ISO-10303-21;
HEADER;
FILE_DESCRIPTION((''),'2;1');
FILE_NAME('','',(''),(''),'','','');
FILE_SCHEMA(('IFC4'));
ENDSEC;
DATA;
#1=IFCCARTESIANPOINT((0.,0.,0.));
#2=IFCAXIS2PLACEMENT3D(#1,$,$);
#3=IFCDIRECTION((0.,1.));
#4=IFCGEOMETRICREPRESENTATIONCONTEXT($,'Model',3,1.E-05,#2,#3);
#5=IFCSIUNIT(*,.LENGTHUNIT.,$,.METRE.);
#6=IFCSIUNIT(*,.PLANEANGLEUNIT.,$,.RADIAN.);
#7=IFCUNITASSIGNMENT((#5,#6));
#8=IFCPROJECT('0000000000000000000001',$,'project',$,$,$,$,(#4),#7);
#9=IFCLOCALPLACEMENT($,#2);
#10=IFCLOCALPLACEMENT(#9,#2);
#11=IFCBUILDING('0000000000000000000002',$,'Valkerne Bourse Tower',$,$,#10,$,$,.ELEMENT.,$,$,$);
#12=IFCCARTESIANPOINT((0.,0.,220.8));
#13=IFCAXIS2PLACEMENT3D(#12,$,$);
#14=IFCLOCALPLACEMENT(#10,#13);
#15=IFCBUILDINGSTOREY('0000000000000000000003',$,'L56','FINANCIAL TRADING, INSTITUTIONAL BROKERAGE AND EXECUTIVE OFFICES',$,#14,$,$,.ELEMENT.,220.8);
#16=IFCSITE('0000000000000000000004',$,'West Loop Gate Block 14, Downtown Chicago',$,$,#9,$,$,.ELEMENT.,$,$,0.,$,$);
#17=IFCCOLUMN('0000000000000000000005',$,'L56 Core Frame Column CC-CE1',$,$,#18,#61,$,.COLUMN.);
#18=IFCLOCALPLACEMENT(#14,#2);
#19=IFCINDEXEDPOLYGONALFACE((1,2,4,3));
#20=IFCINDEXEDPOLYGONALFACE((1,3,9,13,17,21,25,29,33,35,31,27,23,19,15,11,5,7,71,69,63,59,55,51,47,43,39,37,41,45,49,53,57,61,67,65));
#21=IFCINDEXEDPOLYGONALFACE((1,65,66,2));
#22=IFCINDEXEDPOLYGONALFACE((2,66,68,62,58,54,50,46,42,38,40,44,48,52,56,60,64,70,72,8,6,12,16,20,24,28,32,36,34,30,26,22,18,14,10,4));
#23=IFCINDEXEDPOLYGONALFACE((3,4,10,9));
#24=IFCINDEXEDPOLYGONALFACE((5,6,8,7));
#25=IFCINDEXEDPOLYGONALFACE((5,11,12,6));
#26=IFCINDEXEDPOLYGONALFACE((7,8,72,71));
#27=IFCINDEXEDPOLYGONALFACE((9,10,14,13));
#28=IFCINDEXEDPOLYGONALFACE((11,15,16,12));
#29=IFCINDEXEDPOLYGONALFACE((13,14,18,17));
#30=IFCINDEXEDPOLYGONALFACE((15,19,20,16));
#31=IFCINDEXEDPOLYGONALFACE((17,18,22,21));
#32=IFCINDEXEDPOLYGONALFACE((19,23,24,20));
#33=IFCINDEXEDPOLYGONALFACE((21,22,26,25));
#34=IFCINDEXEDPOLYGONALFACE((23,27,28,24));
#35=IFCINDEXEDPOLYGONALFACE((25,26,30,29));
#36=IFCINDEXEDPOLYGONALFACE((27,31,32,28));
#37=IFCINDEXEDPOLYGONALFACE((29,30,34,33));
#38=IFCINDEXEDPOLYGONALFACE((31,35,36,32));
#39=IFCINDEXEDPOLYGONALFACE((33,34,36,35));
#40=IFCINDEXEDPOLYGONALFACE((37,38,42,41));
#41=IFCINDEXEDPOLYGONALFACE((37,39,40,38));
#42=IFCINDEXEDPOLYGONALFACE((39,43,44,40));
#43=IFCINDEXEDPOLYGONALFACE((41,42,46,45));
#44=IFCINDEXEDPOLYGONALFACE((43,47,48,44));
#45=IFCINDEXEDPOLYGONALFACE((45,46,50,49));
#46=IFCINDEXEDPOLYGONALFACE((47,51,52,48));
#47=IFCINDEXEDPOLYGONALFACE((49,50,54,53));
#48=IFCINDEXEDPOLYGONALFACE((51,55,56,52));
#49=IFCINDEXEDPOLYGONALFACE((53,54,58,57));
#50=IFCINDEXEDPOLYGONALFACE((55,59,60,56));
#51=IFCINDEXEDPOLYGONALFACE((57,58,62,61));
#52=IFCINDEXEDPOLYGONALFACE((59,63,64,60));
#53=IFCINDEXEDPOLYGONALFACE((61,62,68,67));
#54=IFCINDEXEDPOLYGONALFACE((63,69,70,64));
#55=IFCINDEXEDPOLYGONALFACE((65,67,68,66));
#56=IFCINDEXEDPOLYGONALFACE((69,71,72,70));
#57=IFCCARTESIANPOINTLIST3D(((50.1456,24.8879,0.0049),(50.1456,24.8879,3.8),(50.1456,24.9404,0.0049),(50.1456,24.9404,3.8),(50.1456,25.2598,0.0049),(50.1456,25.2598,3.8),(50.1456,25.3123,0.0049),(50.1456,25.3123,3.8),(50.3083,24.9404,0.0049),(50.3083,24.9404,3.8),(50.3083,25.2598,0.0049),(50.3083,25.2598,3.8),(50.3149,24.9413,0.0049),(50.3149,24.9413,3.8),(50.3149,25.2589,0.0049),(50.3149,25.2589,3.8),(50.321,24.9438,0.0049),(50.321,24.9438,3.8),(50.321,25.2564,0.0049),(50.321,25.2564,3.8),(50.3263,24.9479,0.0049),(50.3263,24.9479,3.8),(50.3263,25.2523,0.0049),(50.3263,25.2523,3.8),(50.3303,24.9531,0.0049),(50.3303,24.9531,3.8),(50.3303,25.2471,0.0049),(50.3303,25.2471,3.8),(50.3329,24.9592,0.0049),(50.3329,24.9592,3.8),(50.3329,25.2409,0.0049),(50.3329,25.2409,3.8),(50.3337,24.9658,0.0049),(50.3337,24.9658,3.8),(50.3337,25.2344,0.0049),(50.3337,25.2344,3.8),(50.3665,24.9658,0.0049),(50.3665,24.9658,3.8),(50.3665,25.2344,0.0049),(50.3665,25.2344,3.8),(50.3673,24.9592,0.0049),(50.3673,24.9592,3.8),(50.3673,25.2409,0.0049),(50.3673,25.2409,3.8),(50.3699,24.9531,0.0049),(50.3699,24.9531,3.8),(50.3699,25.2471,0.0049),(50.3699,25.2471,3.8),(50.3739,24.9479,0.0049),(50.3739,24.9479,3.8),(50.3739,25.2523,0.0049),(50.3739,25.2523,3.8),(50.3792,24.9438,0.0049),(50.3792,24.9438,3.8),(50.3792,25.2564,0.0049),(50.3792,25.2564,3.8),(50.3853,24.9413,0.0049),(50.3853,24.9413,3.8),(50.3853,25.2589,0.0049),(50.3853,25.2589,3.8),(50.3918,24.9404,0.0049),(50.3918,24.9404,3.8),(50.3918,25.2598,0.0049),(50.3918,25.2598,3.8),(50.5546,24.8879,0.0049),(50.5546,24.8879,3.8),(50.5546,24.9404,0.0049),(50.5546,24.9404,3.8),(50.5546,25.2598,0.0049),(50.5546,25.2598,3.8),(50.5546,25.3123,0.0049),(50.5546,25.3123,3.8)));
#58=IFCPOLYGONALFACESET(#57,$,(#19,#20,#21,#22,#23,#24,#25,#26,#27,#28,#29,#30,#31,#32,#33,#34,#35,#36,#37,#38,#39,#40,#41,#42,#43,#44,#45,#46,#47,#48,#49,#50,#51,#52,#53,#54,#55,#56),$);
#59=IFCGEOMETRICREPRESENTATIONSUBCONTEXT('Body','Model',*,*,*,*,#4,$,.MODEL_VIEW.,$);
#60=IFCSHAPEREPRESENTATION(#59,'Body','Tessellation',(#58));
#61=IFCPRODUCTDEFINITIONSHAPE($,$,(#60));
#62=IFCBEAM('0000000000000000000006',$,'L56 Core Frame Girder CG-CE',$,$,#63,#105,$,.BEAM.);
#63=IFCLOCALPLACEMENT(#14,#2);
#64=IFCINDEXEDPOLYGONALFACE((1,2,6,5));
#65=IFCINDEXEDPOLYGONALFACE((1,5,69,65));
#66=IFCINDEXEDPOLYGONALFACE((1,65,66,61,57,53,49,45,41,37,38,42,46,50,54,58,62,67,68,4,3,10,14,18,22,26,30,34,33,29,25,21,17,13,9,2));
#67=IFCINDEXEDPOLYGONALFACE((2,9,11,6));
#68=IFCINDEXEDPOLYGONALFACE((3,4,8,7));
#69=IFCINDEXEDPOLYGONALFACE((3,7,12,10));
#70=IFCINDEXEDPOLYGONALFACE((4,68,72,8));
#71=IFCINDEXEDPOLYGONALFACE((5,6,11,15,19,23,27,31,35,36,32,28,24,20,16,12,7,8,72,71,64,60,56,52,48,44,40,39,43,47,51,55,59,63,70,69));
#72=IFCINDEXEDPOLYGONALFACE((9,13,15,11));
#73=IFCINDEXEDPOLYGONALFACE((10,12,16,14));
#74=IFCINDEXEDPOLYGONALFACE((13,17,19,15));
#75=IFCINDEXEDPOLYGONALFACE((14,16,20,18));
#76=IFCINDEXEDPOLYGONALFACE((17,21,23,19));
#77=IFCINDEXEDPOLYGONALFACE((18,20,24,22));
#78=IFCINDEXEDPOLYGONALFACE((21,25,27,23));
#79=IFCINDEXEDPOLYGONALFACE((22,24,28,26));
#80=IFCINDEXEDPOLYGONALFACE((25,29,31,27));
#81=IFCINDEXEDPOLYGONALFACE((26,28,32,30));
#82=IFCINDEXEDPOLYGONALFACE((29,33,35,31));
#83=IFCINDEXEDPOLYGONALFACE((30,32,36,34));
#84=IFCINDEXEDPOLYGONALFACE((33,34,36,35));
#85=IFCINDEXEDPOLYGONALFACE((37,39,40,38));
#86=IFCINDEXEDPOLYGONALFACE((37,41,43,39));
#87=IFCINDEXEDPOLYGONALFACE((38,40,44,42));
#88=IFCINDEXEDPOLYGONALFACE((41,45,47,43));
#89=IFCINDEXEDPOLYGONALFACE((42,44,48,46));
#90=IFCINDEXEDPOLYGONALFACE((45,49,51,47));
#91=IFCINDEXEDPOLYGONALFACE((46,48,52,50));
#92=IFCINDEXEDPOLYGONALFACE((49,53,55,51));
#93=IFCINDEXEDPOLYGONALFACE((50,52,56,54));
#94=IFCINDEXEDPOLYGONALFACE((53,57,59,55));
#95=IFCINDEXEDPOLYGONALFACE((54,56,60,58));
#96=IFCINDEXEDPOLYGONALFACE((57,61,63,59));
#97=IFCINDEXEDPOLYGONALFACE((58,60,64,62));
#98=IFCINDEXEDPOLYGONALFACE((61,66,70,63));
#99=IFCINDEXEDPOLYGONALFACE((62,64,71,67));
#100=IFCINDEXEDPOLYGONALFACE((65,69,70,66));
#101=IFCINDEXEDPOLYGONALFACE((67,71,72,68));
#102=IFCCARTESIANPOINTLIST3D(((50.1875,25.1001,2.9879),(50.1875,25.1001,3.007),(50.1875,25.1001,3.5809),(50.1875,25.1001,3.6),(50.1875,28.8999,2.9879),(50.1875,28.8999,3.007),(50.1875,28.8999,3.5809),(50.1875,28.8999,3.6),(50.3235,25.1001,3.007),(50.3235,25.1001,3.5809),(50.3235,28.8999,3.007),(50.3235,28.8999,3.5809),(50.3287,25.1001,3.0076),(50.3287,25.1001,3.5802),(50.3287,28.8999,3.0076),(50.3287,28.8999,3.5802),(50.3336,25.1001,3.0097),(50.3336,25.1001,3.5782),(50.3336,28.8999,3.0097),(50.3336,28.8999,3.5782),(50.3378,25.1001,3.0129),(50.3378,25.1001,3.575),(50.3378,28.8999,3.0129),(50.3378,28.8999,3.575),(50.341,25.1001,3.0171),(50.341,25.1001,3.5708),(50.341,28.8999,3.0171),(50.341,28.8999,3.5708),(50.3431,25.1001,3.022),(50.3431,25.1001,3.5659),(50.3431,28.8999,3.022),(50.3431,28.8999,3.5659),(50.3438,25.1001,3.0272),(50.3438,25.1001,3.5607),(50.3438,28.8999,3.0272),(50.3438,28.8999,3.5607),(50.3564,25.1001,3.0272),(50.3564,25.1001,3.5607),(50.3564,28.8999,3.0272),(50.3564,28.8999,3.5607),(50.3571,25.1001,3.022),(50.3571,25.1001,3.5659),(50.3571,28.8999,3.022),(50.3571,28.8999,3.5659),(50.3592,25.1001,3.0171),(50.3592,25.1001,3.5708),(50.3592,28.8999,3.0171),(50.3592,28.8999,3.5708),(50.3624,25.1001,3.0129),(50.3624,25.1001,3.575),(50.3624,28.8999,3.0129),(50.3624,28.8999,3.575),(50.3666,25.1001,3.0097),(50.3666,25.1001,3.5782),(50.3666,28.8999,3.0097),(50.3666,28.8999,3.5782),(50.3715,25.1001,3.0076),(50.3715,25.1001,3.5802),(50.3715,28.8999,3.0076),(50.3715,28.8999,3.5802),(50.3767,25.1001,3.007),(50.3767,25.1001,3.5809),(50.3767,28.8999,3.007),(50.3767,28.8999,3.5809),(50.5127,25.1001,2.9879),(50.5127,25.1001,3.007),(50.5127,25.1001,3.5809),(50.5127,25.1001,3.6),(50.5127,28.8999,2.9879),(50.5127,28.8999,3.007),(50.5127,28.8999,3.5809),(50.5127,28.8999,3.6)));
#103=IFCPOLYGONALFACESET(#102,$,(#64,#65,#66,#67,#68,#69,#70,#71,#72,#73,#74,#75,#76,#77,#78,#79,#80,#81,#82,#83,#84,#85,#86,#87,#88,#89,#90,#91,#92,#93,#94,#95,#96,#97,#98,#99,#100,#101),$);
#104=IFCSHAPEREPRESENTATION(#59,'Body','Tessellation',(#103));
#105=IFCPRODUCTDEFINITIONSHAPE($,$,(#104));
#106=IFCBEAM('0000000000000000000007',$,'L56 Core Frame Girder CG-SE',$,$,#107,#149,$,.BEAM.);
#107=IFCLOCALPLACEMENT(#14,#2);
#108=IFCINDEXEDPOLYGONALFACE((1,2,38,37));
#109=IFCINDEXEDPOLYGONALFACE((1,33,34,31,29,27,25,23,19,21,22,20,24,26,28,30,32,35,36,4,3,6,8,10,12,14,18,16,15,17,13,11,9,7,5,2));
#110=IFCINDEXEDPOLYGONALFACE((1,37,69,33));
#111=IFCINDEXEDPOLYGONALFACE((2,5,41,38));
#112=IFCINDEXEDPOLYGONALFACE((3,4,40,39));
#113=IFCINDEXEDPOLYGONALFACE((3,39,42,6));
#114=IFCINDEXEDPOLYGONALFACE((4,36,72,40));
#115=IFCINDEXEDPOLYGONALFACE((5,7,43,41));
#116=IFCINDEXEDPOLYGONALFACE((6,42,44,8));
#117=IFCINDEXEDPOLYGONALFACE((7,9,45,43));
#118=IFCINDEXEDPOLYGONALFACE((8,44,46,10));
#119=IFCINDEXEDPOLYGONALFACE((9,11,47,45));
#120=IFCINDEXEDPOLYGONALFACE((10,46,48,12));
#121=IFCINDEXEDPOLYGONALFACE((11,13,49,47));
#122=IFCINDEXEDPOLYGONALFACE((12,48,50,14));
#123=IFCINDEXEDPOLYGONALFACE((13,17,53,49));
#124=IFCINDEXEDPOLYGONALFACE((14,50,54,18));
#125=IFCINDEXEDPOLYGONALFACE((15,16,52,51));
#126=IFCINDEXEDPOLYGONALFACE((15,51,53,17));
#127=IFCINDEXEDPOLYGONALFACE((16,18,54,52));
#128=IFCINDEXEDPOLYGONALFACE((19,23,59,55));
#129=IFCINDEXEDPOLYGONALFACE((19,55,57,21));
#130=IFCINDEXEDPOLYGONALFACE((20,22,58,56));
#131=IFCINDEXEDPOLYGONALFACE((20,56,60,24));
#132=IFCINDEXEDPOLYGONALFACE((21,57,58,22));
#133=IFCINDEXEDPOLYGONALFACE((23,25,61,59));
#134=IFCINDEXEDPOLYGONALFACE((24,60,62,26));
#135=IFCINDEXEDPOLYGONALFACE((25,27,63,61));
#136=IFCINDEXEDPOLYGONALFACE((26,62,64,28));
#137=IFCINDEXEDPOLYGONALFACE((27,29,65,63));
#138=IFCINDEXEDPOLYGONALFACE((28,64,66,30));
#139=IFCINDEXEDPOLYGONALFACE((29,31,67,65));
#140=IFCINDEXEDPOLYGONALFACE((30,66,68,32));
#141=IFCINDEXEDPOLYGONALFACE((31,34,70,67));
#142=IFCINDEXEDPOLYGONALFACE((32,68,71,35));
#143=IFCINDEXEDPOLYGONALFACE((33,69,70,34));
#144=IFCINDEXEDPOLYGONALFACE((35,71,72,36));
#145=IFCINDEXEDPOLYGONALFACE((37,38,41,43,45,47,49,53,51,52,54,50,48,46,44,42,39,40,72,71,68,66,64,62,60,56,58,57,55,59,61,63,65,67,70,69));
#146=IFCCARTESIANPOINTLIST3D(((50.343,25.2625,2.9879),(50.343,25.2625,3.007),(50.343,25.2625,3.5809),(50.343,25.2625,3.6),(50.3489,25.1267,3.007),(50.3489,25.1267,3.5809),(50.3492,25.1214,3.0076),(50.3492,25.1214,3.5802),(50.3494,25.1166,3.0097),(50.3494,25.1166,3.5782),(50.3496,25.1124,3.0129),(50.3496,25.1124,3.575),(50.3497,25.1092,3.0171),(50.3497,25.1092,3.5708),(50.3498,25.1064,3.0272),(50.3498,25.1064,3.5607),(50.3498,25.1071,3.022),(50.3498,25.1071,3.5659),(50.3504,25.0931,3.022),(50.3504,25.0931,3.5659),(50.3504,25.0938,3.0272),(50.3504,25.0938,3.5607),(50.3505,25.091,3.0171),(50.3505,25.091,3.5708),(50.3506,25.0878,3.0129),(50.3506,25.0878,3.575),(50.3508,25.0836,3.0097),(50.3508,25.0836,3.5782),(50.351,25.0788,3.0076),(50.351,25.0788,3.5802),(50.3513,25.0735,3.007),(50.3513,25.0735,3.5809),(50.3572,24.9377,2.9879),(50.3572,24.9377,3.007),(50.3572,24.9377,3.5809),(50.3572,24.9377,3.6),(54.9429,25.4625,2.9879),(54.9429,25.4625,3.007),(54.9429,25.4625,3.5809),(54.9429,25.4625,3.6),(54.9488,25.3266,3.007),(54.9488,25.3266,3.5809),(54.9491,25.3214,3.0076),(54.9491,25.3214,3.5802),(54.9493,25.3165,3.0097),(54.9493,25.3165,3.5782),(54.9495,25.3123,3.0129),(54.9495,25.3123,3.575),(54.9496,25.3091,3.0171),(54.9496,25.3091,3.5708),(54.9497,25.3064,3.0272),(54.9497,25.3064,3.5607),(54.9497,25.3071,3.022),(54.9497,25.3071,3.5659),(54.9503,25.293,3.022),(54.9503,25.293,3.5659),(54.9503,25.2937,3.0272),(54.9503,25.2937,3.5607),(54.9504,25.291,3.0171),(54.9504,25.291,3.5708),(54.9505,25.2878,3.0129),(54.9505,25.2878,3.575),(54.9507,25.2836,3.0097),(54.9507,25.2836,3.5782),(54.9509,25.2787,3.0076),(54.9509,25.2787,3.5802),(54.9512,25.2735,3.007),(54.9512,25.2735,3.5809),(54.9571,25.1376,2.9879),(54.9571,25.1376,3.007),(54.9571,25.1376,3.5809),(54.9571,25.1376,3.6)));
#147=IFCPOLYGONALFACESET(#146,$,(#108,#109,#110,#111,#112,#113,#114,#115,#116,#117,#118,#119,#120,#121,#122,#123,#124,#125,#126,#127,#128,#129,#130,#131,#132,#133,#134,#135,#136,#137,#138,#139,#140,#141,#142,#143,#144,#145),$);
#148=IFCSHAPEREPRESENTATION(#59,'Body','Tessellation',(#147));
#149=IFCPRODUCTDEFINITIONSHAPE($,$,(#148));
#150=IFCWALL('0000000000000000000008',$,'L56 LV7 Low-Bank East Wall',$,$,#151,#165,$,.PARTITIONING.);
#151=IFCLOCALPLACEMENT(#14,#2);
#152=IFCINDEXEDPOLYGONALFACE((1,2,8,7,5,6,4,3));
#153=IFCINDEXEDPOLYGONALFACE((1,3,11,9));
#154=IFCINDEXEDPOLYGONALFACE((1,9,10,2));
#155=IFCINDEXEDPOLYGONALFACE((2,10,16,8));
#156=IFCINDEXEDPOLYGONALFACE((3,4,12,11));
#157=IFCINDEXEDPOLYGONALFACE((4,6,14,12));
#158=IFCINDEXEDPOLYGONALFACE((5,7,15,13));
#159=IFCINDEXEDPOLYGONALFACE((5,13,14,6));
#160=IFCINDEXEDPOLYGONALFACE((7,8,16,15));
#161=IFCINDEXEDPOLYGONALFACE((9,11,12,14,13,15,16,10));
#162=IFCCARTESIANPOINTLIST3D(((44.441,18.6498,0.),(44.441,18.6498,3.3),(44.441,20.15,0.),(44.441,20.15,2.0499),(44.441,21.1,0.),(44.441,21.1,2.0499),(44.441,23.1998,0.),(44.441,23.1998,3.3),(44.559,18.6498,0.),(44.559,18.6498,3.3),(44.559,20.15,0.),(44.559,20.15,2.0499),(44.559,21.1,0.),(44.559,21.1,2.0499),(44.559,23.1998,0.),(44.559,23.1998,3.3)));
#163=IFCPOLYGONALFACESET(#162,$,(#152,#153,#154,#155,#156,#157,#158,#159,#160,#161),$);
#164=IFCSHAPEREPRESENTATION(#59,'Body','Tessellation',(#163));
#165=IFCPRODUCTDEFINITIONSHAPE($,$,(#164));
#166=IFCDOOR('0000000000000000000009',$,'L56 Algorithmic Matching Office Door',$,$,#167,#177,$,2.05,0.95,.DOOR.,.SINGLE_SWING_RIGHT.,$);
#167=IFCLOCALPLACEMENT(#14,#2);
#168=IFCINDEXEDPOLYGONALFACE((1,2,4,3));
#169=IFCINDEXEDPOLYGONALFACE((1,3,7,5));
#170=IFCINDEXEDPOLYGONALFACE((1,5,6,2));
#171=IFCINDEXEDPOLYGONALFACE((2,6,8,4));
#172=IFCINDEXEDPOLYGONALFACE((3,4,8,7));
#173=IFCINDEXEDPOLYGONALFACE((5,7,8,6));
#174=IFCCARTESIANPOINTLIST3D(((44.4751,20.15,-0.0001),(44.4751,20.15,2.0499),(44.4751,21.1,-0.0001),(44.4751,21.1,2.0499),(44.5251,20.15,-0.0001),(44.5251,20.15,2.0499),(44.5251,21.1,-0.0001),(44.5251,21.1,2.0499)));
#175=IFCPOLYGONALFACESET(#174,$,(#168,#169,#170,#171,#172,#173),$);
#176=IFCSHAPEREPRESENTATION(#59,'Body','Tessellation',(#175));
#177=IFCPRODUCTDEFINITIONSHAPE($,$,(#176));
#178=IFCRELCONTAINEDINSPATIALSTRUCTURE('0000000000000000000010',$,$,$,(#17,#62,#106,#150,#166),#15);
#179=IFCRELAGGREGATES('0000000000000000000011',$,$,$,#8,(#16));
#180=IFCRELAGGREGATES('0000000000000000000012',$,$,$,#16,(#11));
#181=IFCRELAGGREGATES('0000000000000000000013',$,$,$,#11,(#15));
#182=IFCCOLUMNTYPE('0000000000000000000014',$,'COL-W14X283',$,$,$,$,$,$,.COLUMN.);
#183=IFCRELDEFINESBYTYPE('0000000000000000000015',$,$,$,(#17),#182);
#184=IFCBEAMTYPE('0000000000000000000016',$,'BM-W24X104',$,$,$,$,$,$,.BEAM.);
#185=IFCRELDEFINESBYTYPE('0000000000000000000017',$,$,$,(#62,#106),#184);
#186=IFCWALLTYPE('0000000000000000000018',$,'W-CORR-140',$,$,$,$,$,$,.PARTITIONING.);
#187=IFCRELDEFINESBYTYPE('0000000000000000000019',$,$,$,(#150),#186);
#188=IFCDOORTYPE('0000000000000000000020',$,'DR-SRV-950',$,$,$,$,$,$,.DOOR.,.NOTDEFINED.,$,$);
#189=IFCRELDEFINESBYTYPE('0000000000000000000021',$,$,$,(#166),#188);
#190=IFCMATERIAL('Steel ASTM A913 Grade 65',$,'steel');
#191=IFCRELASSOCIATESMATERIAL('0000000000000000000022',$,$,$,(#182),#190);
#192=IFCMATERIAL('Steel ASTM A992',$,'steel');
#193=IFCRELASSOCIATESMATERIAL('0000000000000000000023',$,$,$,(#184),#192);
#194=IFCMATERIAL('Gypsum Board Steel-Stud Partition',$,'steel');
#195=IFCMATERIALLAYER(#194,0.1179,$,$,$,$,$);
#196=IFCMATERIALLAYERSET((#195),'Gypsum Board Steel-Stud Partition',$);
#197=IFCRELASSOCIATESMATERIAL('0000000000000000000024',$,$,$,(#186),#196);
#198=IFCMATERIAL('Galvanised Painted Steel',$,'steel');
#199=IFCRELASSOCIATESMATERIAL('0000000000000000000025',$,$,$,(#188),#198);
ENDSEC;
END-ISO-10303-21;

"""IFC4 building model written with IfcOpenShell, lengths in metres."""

from ifc_helpers import new_model, si_unit, direction, frame, frame_2d, origin, origin_2d, place, context, subcontext, project, spatial, rectangle, i_section, extrude, material, layer, layer_set, material_profile, profile_set, type_object, element, fill, save


model = new_model("IFC4")

# Units and contexts
model_context = context("Model", 3, precision=1e-05, world=origin(), true_north=direction((0.0, 1.0)))
body_context = subcontext(model_context, "Body", "Model", "MODEL_VIEW")
ifc_project = project(units=[si_unit("LENGTHUNIT", "METRE"), si_unit("PLANEANGLEUNIT", "RADIAN")], contexts=[model_context])

# Site, building, storey
site_placement = place(None, origin())
site = spatial("IfcSite", under=ifc_project, at=site_placement, Name="West Loop Gate Block 14, Downtown Chicago", CompositionType="ELEMENT", RefElevation=0.0)
building_placement = place(site_placement, origin())
building = spatial("IfcBuilding", under=site, at=building_placement, Name="Valkerne Bourse Tower", CompositionType="ELEMENT")
storey_placement = place(building_placement, frame((0.0, 0.0, 220.8)))
storey = spatial("IfcBuildingStorey", under=building, at=storey_placement, Name="L56", Description="FINANCIAL TRADING, INSTITUTIONAL BROKERAGE AND EXECUTIVE OFFICES", CompositionType="ELEMENT", Elevation=220.8)

# Column
ifc_material_1 = material(Name="Steel ASTM A913 Grade 65", Category="steel")
ifc_material_profile_1 = material_profile(ifc_material_1, i_section(OverallWidth=0.4089, OverallDepth=0.4243, WebThickness=0.0327, FlangeThickness=0.0525, FilletRadius=0.0254, at=origin_2d()), Name="W14X283")
ifc_profile_set_1 = profile_set([ifc_material_profile_1], Name="Steel ASTM A913 Grade 65")
column_type = type_object("IfcColumnType", Name="COL-W14X283", PredefinedType="COLUMN", material=ifc_profile_set_1)
column_placement = place(storey_placement, frame((50.3501, 25.1001, 0.0049), z_axis=(0.0, 0.0, 1.0), x_axis=(1.0, 0.0, 0.0)))
element("IfcColumn", 1, at=column_placement, inside=storey, type_object=column_type, Name="L56 Core Frame Column CC-CE1", PredefinedType="COLUMN", context=body_context, shape_type="SweptSolid", body=[
    extrude(i_section(OverallWidth=0.4089, OverallDepth=0.4243, WebThickness=0.0327, FlangeThickness=0.0525, FilletRadius=0.0254, at=origin_2d()), origin(), (0.0, 0.0, 1.0), 3.7952),
])

# Beams
ifc_material_2 = material(Name="Steel ASTM A992", Category="steel")
ifc_material_profile_2 = material_profile(ifc_material_2, i_section(OverallWidth=0.3252, OverallDepth=0.6121, WebThickness=0.0127, FlangeThickness=0.019, FilletRadius=0.0203, at=origin_2d()), Name="W24X104")
ifc_profile_set_2 = profile_set([ifc_material_profile_2], Name="Steel ASTM A992")
beam_type = type_object("IfcBeamType", Name="BM-W24X104", PredefinedType="BEAM", material=ifc_profile_set_2)
beam_1_placement = place(storey_placement, frame((50.3501, 25.1001, 3.2939), z_axis=(0.0, 1.0, 0.0), x_axis=(-1.0, 0.0, 0.0)))
element("IfcBeam", 2, at=beam_1_placement, inside=storey, type_object=beam_type, Name="L56 Core Frame Girder CG-CE", PredefinedType="BEAM", context=body_context, shape_type="SweptSolid", body=[
    extrude(i_section(OverallWidth=0.3252, OverallDepth=0.6121, WebThickness=0.0127, FlangeThickness=0.019, FilletRadius=0.0203, at=origin_2d()), origin(), (0.0, 0.0, 1.0), 3.7998),
])
beam_2_placement = place(storey_placement, frame((50.3501, 25.1001, 3.2939), z_axis=(0.999057, 0.043428, 0.0), x_axis=(-0.043428, 0.999057, 0.0)))
element("IfcBeam", 3, at=beam_2_placement, inside=storey, type_object=beam_type, Name="L56 Core Frame Girder CG-SE", PredefinedType="BEAM", context=body_context, shape_type="SweptSolid", body=[
    extrude(i_section(OverallWidth=0.3252, OverallDepth=0.6121, WebThickness=0.0127, FlangeThickness=0.019, FilletRadius=0.0203, at=origin_2d()), origin(), (0.0, 0.0, 1.0), 4.6042),
])

# Wall, opening, door
ifc_material_3 = material(Name="Gypsum Board Steel-Stud Partition", Category="steel")
ifc_layer_1 = layer(ifc_material_3, 0.1179)
ifc_layer_set_1 = layer_set([ifc_layer_1], Name="Gypsum Board Steel-Stud Partition")
wall_type_1 = type_object("IfcWallType", Name="W-CORR-140", PredefinedType="PARTITIONING", material=ifc_layer_set_1)
wall_1_placement = place(storey_placement, frame((44.5, 18.6499, 0.0), z_axis=(0.0, 0.0, 1.0), x_axis=(0.0, 1.0, 0.0)))
wall_1 = element("IfcWall", 4, at=wall_1_placement, inside=storey, type_object=wall_type_1, Name="L56 LV7 Low-Bank East Wall", PredefinedType="PARTITIONING", context=body_context, shape_type="SweptSolid", body=[
    extrude(rectangle(XDim=4.55, YDim=0.1179, at=frame_2d((2.2749, 0.0))), origin(), (0.0, 0.0, 1.0), 3.3),
])
opening_1_placement = place(wall_1_placement, frame((1.5, 0.0, 0.0)))
opening_1 = element("IfcOpeningElement", 5, at=opening_1_placement, cuts=wall_1, PredefinedType="OPENING", context=body_context, shape_type="SweptSolid", body=[
    extrude(rectangle(XDim=0.95, YDim=2.05, at=frame_2d((0.4751, 1.0249))), frame((0.0, 0.0688, 0.0), z_axis=(0.0, -1.0, 0.0), x_axis=(1.0, 0.0, 0.0)), (0.0, 0.0, 1.0), 0.1379),
])
ifc_material_4 = material(Name="Galvanised Painted Steel", Category="steel")
door_type_1 = type_object("IfcDoorType", Name="DR-SRV-950", OperationType="NOTDEFINED", PredefinedType="DOOR", material=ifc_material_4)
door_1_placement = place(opening_1_placement, origin())
door_1 = element("IfcDoor", 6, at=door_1_placement, inside=storey, type_object=door_type_1, Name="L56 Algorithmic Matching Office Door", OperationType="SINGLE_SWING_RIGHT", OverallHeight=2.05, OverallWidth=0.95, PredefinedType="DOOR", context=body_context, shape_type="SweptSolid", body=[
    extrude(rectangle(XDim=0.95, YDim=2.05, at=frame_2d((0.4751, 1.0249))), frame((0.0, 0.0249, 0.0), z_axis=(0.0, -1.0, 0.0), x_axis=(1.0, 0.0, 0.0)), (0.0, 0.0, 1.0), 0.05),
])
fill(opening_1, door_1)

save(model, "model.ifc")
